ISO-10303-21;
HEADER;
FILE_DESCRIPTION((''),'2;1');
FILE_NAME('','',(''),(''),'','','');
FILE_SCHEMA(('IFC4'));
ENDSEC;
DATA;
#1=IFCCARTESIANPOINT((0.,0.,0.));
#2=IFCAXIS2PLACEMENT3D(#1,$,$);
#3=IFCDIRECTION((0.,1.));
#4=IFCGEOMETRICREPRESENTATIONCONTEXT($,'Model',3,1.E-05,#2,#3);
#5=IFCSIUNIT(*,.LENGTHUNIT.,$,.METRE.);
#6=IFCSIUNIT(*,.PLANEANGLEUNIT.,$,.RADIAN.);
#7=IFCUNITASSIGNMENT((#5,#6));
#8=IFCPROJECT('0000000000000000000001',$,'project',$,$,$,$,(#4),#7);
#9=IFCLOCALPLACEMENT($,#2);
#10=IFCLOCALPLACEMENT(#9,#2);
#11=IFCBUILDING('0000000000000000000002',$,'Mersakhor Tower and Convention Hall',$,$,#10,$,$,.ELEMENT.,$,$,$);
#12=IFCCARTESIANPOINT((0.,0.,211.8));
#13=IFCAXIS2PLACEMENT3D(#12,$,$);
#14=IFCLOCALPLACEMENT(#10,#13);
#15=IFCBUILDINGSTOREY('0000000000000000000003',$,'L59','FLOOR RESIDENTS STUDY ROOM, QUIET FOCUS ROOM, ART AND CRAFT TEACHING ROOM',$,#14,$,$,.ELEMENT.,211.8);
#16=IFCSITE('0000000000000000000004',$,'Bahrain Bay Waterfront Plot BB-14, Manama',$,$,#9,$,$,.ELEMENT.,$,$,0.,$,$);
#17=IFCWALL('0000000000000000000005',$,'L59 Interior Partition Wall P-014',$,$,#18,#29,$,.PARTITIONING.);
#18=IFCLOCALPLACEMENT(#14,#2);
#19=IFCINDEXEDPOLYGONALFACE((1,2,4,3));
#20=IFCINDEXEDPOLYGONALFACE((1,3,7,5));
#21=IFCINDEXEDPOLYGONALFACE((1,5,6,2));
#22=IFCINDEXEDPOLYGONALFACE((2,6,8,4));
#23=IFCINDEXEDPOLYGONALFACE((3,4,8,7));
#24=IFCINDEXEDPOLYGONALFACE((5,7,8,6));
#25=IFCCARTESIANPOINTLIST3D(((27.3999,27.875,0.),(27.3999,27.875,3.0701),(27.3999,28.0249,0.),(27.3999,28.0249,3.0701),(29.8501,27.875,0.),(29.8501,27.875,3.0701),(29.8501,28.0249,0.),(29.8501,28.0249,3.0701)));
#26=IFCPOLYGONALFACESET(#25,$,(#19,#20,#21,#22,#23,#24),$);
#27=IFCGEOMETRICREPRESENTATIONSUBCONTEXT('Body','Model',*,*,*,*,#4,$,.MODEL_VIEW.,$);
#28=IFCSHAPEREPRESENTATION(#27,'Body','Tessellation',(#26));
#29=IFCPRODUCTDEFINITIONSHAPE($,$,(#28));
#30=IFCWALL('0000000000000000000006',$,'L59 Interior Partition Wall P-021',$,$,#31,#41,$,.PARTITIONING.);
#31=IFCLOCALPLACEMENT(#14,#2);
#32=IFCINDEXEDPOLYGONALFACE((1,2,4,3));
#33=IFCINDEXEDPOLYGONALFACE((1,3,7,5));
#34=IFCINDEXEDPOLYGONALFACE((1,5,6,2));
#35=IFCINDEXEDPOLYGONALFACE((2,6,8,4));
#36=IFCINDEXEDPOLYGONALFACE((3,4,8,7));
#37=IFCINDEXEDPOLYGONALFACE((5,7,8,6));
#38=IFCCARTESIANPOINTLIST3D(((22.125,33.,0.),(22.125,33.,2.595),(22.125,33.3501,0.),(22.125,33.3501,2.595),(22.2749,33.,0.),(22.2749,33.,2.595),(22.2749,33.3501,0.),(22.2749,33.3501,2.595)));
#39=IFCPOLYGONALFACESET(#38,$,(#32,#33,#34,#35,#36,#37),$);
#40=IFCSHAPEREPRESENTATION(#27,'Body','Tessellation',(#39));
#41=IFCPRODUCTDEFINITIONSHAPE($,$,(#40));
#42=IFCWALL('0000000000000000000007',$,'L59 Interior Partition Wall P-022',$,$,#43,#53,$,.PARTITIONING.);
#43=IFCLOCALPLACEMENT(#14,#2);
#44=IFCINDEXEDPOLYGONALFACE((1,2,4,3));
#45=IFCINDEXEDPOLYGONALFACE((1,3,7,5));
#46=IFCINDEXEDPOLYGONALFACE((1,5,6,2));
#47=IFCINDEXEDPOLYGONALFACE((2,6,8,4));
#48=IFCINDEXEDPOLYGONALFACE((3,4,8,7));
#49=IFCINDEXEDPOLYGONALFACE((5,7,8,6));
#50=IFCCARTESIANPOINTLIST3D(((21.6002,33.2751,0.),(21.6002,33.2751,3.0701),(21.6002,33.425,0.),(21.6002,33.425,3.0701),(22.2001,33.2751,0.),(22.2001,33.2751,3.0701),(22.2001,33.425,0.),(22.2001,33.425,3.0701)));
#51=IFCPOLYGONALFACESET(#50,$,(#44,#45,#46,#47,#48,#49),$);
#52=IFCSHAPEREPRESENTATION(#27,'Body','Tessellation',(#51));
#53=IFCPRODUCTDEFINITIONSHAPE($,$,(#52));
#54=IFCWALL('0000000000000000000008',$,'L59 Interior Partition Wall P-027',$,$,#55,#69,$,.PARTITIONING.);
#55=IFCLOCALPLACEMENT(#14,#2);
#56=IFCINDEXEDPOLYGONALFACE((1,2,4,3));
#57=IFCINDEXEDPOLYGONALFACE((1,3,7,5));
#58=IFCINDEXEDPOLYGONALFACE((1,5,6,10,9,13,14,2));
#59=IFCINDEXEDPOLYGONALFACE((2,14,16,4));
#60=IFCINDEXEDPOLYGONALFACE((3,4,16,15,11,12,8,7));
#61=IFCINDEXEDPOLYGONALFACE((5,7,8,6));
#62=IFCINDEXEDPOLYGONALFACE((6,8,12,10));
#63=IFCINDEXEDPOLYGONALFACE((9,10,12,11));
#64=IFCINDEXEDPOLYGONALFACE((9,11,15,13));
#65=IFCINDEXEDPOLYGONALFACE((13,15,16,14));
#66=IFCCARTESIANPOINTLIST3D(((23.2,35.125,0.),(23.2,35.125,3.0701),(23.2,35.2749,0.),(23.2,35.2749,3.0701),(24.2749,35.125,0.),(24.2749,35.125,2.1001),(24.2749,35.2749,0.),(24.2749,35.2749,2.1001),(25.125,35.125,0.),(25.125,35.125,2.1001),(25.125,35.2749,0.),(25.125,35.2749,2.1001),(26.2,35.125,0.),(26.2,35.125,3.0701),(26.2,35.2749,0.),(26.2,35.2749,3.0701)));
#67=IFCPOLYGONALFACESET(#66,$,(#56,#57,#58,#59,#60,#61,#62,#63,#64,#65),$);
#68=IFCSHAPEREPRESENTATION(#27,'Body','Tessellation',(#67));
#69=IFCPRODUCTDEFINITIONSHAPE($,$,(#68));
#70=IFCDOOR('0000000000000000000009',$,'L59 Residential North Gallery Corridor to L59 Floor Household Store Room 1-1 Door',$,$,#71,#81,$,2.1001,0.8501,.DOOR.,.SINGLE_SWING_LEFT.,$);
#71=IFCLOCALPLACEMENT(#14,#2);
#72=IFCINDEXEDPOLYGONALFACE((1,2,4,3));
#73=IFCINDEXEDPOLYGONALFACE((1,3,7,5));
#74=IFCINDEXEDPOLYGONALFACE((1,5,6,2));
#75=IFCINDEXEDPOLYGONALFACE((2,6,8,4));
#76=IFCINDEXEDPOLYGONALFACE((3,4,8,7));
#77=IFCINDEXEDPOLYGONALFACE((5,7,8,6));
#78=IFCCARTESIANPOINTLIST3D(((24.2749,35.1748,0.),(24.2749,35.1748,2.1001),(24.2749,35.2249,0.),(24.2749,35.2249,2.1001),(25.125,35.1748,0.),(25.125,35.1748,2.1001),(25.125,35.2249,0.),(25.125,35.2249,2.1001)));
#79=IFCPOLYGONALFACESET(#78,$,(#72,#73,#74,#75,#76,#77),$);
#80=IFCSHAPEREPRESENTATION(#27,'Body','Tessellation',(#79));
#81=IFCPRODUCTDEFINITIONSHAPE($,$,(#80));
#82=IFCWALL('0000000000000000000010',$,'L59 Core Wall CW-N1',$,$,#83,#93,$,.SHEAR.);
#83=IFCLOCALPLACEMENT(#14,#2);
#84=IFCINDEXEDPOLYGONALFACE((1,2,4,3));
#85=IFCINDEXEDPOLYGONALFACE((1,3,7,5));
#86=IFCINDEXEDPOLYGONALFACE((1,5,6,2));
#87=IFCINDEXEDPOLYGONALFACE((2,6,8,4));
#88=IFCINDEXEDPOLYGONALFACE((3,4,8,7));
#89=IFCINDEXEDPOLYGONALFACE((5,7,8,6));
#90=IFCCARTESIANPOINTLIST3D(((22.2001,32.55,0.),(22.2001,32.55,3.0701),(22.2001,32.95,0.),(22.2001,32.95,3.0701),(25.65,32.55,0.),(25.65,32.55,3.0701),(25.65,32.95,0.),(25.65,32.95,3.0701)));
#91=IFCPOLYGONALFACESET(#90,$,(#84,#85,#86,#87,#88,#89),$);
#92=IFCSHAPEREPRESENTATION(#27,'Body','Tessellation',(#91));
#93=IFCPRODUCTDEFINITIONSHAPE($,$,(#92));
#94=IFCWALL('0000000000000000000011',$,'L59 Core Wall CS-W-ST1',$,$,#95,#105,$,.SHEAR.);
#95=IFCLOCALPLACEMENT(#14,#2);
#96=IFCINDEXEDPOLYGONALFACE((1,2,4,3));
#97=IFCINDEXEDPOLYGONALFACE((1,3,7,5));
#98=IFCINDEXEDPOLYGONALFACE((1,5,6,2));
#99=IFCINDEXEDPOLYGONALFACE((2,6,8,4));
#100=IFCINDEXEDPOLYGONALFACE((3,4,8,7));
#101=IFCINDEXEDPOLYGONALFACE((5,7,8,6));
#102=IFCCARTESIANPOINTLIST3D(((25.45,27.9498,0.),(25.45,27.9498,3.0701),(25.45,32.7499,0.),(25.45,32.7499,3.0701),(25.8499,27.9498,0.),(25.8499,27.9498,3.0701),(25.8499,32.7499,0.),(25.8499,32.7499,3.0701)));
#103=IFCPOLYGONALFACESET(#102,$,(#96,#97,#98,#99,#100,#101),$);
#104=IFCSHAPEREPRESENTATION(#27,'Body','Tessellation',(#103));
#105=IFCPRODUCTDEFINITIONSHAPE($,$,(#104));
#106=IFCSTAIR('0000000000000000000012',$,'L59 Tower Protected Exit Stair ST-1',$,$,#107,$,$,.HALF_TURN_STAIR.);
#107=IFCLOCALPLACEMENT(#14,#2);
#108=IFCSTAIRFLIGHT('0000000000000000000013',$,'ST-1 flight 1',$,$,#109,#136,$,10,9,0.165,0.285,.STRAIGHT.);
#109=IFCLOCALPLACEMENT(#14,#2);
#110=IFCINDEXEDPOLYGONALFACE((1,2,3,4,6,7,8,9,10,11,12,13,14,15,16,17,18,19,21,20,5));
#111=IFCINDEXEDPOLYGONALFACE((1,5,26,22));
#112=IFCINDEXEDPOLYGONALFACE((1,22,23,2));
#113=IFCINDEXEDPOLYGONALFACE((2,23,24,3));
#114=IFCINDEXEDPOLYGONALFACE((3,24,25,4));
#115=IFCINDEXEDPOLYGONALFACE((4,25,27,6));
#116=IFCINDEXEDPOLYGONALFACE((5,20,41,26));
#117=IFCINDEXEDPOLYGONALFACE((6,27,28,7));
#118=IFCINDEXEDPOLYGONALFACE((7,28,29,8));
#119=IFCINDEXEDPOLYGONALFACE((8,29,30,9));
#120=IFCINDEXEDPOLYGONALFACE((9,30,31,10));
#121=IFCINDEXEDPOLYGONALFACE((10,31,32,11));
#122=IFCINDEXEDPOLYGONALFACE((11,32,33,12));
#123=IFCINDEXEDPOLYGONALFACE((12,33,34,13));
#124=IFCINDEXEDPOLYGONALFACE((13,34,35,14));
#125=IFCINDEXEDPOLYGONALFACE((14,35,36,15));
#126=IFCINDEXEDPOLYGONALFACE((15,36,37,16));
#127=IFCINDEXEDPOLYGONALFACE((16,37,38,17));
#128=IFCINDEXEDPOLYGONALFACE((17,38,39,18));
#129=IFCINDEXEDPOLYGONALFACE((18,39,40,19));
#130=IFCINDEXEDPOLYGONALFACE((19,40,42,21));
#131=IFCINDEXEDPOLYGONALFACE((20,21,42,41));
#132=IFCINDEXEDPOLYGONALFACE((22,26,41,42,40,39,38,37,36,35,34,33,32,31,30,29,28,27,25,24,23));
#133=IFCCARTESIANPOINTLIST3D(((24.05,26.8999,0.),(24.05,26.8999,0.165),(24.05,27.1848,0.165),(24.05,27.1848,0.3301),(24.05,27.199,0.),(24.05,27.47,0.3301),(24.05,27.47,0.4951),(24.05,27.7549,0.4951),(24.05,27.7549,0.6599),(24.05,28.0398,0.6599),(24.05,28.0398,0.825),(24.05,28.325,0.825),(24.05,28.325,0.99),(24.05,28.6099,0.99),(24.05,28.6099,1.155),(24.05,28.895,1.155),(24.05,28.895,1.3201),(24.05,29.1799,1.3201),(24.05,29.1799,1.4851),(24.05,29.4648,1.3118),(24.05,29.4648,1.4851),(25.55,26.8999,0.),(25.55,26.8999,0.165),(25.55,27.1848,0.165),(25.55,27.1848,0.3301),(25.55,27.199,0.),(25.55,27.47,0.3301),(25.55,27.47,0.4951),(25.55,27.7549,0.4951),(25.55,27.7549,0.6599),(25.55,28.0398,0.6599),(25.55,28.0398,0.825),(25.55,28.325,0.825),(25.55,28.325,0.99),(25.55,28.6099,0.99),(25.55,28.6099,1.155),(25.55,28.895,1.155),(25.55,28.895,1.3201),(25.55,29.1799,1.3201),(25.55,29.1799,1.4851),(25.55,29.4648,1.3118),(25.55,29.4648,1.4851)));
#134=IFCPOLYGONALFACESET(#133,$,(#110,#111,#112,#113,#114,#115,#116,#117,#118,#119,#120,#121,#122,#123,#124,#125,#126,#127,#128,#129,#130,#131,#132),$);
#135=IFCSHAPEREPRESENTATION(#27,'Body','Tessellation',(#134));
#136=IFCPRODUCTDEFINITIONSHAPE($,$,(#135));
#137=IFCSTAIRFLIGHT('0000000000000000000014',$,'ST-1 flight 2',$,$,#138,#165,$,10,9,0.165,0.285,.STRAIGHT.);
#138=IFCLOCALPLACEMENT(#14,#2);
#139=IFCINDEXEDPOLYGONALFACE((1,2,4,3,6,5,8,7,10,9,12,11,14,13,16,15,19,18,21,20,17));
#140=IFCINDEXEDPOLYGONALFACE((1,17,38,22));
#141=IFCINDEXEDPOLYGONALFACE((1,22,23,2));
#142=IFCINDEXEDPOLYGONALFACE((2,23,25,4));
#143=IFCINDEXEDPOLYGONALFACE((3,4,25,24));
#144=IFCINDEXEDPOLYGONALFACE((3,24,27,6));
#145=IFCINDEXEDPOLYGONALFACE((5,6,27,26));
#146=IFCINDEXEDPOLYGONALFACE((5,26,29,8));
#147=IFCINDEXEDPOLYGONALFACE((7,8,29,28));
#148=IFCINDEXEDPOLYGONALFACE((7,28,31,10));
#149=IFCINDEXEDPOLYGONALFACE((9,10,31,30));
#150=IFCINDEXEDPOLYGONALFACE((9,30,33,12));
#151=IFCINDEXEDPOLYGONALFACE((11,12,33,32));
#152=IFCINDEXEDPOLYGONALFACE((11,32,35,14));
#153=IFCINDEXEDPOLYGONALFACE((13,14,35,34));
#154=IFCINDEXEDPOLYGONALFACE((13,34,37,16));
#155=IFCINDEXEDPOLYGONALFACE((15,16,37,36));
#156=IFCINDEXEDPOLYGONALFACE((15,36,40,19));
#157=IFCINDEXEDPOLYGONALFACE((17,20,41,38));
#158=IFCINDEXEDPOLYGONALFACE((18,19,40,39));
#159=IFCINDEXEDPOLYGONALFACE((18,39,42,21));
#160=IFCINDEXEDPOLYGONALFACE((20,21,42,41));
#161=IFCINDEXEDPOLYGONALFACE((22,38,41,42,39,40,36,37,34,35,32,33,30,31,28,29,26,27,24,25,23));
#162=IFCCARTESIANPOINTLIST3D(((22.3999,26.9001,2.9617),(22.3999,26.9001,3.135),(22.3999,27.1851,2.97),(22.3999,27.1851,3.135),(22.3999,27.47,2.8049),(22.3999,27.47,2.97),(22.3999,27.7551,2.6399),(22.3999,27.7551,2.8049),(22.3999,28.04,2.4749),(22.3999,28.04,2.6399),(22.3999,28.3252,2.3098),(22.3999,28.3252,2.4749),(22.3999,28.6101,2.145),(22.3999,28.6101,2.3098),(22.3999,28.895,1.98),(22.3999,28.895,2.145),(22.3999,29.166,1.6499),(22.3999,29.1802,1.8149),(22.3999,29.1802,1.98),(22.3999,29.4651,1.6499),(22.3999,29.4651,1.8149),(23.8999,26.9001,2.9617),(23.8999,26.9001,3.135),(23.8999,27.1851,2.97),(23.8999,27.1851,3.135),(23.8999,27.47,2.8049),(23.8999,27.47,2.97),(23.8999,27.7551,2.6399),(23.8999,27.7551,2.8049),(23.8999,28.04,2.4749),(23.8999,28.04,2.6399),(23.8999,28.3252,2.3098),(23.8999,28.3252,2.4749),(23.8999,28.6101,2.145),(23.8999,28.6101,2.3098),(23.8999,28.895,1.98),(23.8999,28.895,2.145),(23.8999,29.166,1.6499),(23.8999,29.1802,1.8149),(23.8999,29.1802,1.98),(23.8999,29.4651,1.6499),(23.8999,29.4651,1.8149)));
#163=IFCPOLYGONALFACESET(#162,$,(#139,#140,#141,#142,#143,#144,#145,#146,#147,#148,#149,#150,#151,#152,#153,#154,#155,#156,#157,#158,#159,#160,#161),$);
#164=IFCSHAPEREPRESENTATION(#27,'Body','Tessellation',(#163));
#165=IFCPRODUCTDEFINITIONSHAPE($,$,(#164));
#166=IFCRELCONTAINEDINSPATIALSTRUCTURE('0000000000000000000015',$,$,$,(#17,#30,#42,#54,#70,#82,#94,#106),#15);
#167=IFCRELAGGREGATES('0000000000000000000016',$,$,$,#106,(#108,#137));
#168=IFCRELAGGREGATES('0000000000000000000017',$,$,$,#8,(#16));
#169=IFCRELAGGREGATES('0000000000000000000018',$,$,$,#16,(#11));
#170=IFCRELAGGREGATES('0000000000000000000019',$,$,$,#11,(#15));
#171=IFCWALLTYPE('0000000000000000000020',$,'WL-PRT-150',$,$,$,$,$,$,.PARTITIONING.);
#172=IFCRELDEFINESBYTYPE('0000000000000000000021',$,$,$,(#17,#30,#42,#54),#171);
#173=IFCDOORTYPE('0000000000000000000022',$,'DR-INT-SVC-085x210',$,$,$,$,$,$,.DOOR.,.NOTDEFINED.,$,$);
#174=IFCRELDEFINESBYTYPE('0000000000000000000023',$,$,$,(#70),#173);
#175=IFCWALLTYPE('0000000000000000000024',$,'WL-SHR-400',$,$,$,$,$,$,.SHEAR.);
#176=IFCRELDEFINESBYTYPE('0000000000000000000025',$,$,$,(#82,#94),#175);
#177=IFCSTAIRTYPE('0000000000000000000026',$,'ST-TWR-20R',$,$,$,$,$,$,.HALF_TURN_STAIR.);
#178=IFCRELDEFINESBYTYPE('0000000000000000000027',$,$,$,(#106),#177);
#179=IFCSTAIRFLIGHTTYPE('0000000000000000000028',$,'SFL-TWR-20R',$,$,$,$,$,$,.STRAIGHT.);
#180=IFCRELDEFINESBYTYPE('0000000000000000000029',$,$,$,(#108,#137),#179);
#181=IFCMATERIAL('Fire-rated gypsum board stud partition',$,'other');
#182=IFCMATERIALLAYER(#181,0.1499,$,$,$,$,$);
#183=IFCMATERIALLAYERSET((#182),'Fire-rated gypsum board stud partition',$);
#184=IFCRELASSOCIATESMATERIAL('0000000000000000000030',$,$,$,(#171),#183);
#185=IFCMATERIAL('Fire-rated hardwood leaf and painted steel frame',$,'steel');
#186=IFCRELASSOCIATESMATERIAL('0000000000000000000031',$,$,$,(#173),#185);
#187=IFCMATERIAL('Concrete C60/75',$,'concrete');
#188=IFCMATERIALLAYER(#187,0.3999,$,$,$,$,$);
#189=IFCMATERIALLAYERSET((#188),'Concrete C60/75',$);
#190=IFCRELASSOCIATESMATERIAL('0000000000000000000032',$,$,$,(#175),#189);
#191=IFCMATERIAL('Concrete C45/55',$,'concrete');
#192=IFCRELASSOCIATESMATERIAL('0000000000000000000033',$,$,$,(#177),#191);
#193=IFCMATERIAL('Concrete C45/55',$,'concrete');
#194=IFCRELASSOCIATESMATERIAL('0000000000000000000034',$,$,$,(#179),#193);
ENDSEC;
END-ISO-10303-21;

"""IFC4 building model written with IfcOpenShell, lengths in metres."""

from ifc_helpers import new_model, si_unit, direction, frame, frame_2d, origin, place, context, subcontext, project, spatial, polyline, rectangle, outline, extrude, material, layer, layer_set, type_object, element, fill, aggregate, save


model = new_model("IFC4")

# Units and contexts
model_context = context("Model", 3, precision=1e-05, world=origin(), true_north=direction((0.0, 1.0)))
body_context = subcontext(model_context, "Body", "Model", "MODEL_VIEW")
ifc_project = project(units=[si_unit("LENGTHUNIT", "METRE"), si_unit("PLANEANGLEUNIT", "RADIAN")], contexts=[model_context])

# Site, building, storey
site_placement = place(None, origin())
site = spatial("IfcSite", under=ifc_project, at=site_placement, Name="Bahrain Bay Waterfront Plot BB-14, Manama", CompositionType="ELEMENT", RefElevation=0.0)
building_placement = place(site_placement, origin())
building = spatial("IfcBuilding", under=site, at=building_placement, Name="Mersakhor Tower and Convention Hall", CompositionType="ELEMENT")
storey_placement = place(building_placement, frame((0.0, 0.0, 211.8)))
storey = spatial("IfcBuildingStorey", under=building, at=storey_placement, Name="L59", Description="FLOOR RESIDENTS STUDY ROOM, QUIET FOCUS ROOM, ART AND CRAFT TEACHING ROOM", CompositionType="ELEMENT", Elevation=211.8)

# Shared definitions
ifc_material_1 = material(Name="Fire-rated gypsum board stud partition", Category="other")
ifc_layer_1 = layer(ifc_material_1, 0.1499)
ifc_layer_set_1 = layer_set([ifc_layer_1], Name="Fire-rated gypsum board stud partition")
wall_type_1 = type_object("IfcWallType", Name="WL-PRT-150", PredefinedType="PARTITIONING", material=ifc_layer_set_1)

# Walls
wall_1_placement = place(storey_placement, frame((27.3999, 27.95, 0.0), z_axis=(0.0, 0.0, 1.0), x_axis=(1.0, 0.0, 0.0)))
element("IfcWall", 1, at=wall_1_placement, inside=storey, type_object=wall_type_1, Name="L59 Interior Partition Wall P-014", PredefinedType="PARTITIONING", context=body_context, shape_type="SweptSolid", body=[
    extrude(rectangle(XDim=2.4502, YDim=0.1499, at=frame_2d((1.2251, 0.0))), origin(), (0.0, 0.0, 1.0), 3.0701),
])
wall_2_placement = place(storey_placement, frame((22.2, 33.0, 0.0), z_axis=(0.0, 0.0, 1.0), x_axis=(0.0, 1.0, 0.0)))
element("IfcWall", 2, at=wall_2_placement, inside=storey, type_object=wall_type_1, Name="L59 Interior Partition Wall P-021", PredefinedType="PARTITIONING", context=body_context, shape_type="SweptSolid", body=[
    extrude(rectangle(XDim=0.3501, YDim=0.1499, at=frame_2d((0.175, 0.0))), origin(), (0.0, 0.0, 1.0), 2.595),
])
wall_3_placement = place(storey_placement, frame((22.2, 33.3501, 0.0), z_axis=(0.0, 0.0, 1.0), x_axis=(-1.0, 0.0, 0.0)))
element("IfcWall", 3, at=wall_3_placement, inside=storey, type_object=wall_type_1, Name="L59 Interior Partition Wall P-022", PredefinedType="PARTITIONING", context=body_context, shape_type="SweptSolid", body=[
    extrude(rectangle(XDim=0.5999, YDim=0.1499, at=frame_2d((0.2998, 0.0))), origin(), (0.0, 0.0, 1.0), 3.0701),
])

# Wall, opening, door
wall_4_placement = place(storey_placement, frame((23.2, 35.2, 0.0), z_axis=(0.0, 0.0, 1.0), x_axis=(1.0, 0.0, 0.0)))
wall_4 = element("IfcWall", 4, at=wall_4_placement, inside=storey, type_object=wall_type_1, Name="L59 Interior Partition Wall P-027", PredefinedType="PARTITIONING", context=body_context, shape_type="SweptSolid", body=[
    extrude(rectangle(XDim=3.0, YDim=0.1499, at=frame_2d((1.5, 0.0))), origin(), (0.0, 0.0, 1.0), 3.0701),
])
opening_1_placement = place(wall_4_placement, frame((1.075, 0.0, 0.0)))
opening_1 = element("IfcOpeningElement", 5, at=opening_1_placement, cuts=wall_4, PredefinedType="OPENING", context=body_context, shape_type="SweptSolid", body=[
    extrude(rectangle(XDim=0.8501, YDim=2.1001, at=frame_2d((0.425, 1.05))), frame((0.0, 0.085, 0.0), z_axis=(0.0, -1.0, 0.0), x_axis=(1.0, 0.0, 0.0)), (0.0, 0.0, 1.0), 0.1699),
])
ifc_material_2 = material(Name="Fire-rated hardwood leaf and painted steel frame", Category="steel")
door_type_1 = type_object("IfcDoorType", Name="DR-INT-SVC-085x210", OperationType="NOTDEFINED", PredefinedType="DOOR", material=ifc_material_2)
door_1_placement = place(opening_1_placement, origin())
door_1 = element("IfcDoor", 6, at=door_1_placement, inside=storey, type_object=door_type_1, Name="L59 Residential North Gallery Corridor to L59 Floor Household Store Room 1-1 Door", OperationType="SINGLE_SWING_LEFT", OverallHeight=2.1001, OverallWidth=0.8501, PredefinedType="DOOR", context=body_context, shape_type="SweptSolid", body=[
    extrude(rectangle(XDim=0.8501, YDim=2.1001, at=frame_2d((0.425, 1.05))), frame((0.0, 0.0249, 0.0), z_axis=(0.0, -1.0, 0.0), x_axis=(1.0, 0.0, 0.0)), (0.0, 0.0, 1.0), 0.05),
])
fill(opening_1, door_1)

# Wall
ifc_material_3 = material(Name="Concrete C60/75", Category="concrete")
ifc_layer_2 = layer(ifc_material_3, 0.3999)
ifc_layer_set_2 = layer_set([ifc_layer_2], Name="Concrete C60/75")
wall_type_2 = type_object("IfcWallType", Name="WL-SHR-400", PredefinedType="SHEAR", material=ifc_layer_set_2)
wall_5_placement = place(storey_placement, frame((22.2, 32.75, 0.0), z_axis=(0.0, 0.0, 1.0), x_axis=(1.0, 0.0, 0.0)))
element("IfcWall", 7, at=wall_5_placement, inside=storey, type_object=wall_type_2, Name="L59 Core Wall CW-N1", PredefinedType="SHEAR", context=body_context, shape_type="SweptSolid", body=[
    extrude(rectangle(XDim=3.45, YDim=0.3999, at=frame_2d((1.7251, 0.0))), origin(), (0.0, 0.0, 1.0), 3.0701),
])

# Wall
wall_6_placement = place(storey_placement, frame((25.6499, 27.95, 0.0), z_axis=(0.0, 0.0, 1.0), x_axis=(0.0, 1.0, 0.0)))
element("IfcWall", 8, at=wall_6_placement, inside=storey, type_object=wall_type_2, Name="L59 Core Wall CS-W-ST1", PredefinedType="SHEAR", context=body_context, shape_type="SweptSolid", body=[
    extrude(rectangle(XDim=4.8, YDim=0.3999, at=frame_2d((2.3999, 0.0))), origin(), (0.0, 0.0, 1.0), 3.0701),
])

# Stair, stair flights
ifc_material_4 = material(Name="Concrete C45/55", Category="concrete")
stair_type = type_object("IfcStairType", Name="ST-TWR-20R", PredefinedType="HALF_TURN_STAIR", material=ifc_material_4)
stair_placement = place(storey_placement, origin())
stair = element("IfcStair", 9, at=stair_placement, inside=storey, type_object=stair_type, Name="L59 Tower Protected Exit Stair ST-1", PredefinedType="HALF_TURN_STAIR")
ifc_material_5 = material(Name="Concrete C45/55", Category="concrete")
stair_flight_type = type_object("IfcStairFlightType", Name="SFL-TWR-20R", PredefinedType="STRAIGHT", material=ifc_material_5)
stair_flight_1_placement = place(storey_placement, frame((24.8, 26.8999, 0.0), z_axis=(0.0, 0.0, 1.0), x_axis=(0.0, 1.0, 0.0)))
stair_flight_1 = element("IfcStairFlight", 10, at=stair_flight_1_placement, type_object=stair_flight_type, Name="ST-1 flight 1", NumberOfRisers=10, NumberOfTreads=9, PredefinedType="STRAIGHT", RiserHeight=0.165, TreadLength=0.285, context=body_context, shape_type="SweptSolid", body=[
    extrude(outline(polyline([(0.0, 0.0), (0.0, 0.165), (0.2849, 0.165), (0.2849, 0.3301), (0.5701, 0.3301), (0.5701, 0.4951), (0.855, 0.4951), (0.855, 0.6599), (1.1399, 0.6599), (1.1399, 0.825), (1.425, 0.825), (1.425, 0.99), (1.71, 0.99), (1.71, 1.155), (1.9951, 1.155), (1.9951, 1.3201), (2.28, 1.3201), (2.28, 1.4851), (2.5649, 1.4851), (2.5649, 1.6499), (2.5649, 1.3118), (0.2991, 0.0), (0.0, 0.0)])), frame((0.0, 0.75, 0.0), z_axis=(0.0, -1.0, 0.0), x_axis=(1.0, 0.0, 0.0)), (0.0, 0.0, 1.0), 1.5),
])
stair_flight_2_placement = place(storey_placement, frame((23.1499, 29.4651, 1.6499), z_axis=(0.0, 0.0, 1.0), x_axis=(0.0, -1.0, 0.0)))
stair_flight_2 = element("IfcStairFlight", 11, at=stair_flight_2_placement, type_object=stair_flight_type, Name="ST-1 flight 2", NumberOfRisers=10, NumberOfTreads=9, PredefinedType="STRAIGHT", RiserHeight=0.165, TreadLength=0.285, context=body_context, shape_type="SweptSolid", body=[
    extrude(outline(polyline([(0.0, 0.0), (0.0, 0.165), (0.2849, 0.165), (0.2849, 0.3301), (0.5701, 0.3301), (0.5701, 0.4951), (0.855, 0.4951), (0.855, 0.6599), (1.1399, 0.6599), (1.1399, 0.825), (1.425, 0.825), (1.425, 0.99), (1.71, 0.99), (1.71, 1.155), (1.9951, 1.155), (1.9951, 1.3201), (2.28, 1.3201), (2.28, 1.4851), (2.5649, 1.4851), (2.5649, 1.6499), (2.5649, 1.3118), (0.2991, 0.0), (0.0, 0.0)])), frame((0.0, 0.75, 0.0), z_axis=(0.0, -1.0, 0.0), x_axis=(1.0, 0.0, 0.0)), (0.0, 0.0, 1.0), 1.5),
])
aggregate(stair, [stair_flight_1, stair_flight_2])

save(model, "model.ifc")
